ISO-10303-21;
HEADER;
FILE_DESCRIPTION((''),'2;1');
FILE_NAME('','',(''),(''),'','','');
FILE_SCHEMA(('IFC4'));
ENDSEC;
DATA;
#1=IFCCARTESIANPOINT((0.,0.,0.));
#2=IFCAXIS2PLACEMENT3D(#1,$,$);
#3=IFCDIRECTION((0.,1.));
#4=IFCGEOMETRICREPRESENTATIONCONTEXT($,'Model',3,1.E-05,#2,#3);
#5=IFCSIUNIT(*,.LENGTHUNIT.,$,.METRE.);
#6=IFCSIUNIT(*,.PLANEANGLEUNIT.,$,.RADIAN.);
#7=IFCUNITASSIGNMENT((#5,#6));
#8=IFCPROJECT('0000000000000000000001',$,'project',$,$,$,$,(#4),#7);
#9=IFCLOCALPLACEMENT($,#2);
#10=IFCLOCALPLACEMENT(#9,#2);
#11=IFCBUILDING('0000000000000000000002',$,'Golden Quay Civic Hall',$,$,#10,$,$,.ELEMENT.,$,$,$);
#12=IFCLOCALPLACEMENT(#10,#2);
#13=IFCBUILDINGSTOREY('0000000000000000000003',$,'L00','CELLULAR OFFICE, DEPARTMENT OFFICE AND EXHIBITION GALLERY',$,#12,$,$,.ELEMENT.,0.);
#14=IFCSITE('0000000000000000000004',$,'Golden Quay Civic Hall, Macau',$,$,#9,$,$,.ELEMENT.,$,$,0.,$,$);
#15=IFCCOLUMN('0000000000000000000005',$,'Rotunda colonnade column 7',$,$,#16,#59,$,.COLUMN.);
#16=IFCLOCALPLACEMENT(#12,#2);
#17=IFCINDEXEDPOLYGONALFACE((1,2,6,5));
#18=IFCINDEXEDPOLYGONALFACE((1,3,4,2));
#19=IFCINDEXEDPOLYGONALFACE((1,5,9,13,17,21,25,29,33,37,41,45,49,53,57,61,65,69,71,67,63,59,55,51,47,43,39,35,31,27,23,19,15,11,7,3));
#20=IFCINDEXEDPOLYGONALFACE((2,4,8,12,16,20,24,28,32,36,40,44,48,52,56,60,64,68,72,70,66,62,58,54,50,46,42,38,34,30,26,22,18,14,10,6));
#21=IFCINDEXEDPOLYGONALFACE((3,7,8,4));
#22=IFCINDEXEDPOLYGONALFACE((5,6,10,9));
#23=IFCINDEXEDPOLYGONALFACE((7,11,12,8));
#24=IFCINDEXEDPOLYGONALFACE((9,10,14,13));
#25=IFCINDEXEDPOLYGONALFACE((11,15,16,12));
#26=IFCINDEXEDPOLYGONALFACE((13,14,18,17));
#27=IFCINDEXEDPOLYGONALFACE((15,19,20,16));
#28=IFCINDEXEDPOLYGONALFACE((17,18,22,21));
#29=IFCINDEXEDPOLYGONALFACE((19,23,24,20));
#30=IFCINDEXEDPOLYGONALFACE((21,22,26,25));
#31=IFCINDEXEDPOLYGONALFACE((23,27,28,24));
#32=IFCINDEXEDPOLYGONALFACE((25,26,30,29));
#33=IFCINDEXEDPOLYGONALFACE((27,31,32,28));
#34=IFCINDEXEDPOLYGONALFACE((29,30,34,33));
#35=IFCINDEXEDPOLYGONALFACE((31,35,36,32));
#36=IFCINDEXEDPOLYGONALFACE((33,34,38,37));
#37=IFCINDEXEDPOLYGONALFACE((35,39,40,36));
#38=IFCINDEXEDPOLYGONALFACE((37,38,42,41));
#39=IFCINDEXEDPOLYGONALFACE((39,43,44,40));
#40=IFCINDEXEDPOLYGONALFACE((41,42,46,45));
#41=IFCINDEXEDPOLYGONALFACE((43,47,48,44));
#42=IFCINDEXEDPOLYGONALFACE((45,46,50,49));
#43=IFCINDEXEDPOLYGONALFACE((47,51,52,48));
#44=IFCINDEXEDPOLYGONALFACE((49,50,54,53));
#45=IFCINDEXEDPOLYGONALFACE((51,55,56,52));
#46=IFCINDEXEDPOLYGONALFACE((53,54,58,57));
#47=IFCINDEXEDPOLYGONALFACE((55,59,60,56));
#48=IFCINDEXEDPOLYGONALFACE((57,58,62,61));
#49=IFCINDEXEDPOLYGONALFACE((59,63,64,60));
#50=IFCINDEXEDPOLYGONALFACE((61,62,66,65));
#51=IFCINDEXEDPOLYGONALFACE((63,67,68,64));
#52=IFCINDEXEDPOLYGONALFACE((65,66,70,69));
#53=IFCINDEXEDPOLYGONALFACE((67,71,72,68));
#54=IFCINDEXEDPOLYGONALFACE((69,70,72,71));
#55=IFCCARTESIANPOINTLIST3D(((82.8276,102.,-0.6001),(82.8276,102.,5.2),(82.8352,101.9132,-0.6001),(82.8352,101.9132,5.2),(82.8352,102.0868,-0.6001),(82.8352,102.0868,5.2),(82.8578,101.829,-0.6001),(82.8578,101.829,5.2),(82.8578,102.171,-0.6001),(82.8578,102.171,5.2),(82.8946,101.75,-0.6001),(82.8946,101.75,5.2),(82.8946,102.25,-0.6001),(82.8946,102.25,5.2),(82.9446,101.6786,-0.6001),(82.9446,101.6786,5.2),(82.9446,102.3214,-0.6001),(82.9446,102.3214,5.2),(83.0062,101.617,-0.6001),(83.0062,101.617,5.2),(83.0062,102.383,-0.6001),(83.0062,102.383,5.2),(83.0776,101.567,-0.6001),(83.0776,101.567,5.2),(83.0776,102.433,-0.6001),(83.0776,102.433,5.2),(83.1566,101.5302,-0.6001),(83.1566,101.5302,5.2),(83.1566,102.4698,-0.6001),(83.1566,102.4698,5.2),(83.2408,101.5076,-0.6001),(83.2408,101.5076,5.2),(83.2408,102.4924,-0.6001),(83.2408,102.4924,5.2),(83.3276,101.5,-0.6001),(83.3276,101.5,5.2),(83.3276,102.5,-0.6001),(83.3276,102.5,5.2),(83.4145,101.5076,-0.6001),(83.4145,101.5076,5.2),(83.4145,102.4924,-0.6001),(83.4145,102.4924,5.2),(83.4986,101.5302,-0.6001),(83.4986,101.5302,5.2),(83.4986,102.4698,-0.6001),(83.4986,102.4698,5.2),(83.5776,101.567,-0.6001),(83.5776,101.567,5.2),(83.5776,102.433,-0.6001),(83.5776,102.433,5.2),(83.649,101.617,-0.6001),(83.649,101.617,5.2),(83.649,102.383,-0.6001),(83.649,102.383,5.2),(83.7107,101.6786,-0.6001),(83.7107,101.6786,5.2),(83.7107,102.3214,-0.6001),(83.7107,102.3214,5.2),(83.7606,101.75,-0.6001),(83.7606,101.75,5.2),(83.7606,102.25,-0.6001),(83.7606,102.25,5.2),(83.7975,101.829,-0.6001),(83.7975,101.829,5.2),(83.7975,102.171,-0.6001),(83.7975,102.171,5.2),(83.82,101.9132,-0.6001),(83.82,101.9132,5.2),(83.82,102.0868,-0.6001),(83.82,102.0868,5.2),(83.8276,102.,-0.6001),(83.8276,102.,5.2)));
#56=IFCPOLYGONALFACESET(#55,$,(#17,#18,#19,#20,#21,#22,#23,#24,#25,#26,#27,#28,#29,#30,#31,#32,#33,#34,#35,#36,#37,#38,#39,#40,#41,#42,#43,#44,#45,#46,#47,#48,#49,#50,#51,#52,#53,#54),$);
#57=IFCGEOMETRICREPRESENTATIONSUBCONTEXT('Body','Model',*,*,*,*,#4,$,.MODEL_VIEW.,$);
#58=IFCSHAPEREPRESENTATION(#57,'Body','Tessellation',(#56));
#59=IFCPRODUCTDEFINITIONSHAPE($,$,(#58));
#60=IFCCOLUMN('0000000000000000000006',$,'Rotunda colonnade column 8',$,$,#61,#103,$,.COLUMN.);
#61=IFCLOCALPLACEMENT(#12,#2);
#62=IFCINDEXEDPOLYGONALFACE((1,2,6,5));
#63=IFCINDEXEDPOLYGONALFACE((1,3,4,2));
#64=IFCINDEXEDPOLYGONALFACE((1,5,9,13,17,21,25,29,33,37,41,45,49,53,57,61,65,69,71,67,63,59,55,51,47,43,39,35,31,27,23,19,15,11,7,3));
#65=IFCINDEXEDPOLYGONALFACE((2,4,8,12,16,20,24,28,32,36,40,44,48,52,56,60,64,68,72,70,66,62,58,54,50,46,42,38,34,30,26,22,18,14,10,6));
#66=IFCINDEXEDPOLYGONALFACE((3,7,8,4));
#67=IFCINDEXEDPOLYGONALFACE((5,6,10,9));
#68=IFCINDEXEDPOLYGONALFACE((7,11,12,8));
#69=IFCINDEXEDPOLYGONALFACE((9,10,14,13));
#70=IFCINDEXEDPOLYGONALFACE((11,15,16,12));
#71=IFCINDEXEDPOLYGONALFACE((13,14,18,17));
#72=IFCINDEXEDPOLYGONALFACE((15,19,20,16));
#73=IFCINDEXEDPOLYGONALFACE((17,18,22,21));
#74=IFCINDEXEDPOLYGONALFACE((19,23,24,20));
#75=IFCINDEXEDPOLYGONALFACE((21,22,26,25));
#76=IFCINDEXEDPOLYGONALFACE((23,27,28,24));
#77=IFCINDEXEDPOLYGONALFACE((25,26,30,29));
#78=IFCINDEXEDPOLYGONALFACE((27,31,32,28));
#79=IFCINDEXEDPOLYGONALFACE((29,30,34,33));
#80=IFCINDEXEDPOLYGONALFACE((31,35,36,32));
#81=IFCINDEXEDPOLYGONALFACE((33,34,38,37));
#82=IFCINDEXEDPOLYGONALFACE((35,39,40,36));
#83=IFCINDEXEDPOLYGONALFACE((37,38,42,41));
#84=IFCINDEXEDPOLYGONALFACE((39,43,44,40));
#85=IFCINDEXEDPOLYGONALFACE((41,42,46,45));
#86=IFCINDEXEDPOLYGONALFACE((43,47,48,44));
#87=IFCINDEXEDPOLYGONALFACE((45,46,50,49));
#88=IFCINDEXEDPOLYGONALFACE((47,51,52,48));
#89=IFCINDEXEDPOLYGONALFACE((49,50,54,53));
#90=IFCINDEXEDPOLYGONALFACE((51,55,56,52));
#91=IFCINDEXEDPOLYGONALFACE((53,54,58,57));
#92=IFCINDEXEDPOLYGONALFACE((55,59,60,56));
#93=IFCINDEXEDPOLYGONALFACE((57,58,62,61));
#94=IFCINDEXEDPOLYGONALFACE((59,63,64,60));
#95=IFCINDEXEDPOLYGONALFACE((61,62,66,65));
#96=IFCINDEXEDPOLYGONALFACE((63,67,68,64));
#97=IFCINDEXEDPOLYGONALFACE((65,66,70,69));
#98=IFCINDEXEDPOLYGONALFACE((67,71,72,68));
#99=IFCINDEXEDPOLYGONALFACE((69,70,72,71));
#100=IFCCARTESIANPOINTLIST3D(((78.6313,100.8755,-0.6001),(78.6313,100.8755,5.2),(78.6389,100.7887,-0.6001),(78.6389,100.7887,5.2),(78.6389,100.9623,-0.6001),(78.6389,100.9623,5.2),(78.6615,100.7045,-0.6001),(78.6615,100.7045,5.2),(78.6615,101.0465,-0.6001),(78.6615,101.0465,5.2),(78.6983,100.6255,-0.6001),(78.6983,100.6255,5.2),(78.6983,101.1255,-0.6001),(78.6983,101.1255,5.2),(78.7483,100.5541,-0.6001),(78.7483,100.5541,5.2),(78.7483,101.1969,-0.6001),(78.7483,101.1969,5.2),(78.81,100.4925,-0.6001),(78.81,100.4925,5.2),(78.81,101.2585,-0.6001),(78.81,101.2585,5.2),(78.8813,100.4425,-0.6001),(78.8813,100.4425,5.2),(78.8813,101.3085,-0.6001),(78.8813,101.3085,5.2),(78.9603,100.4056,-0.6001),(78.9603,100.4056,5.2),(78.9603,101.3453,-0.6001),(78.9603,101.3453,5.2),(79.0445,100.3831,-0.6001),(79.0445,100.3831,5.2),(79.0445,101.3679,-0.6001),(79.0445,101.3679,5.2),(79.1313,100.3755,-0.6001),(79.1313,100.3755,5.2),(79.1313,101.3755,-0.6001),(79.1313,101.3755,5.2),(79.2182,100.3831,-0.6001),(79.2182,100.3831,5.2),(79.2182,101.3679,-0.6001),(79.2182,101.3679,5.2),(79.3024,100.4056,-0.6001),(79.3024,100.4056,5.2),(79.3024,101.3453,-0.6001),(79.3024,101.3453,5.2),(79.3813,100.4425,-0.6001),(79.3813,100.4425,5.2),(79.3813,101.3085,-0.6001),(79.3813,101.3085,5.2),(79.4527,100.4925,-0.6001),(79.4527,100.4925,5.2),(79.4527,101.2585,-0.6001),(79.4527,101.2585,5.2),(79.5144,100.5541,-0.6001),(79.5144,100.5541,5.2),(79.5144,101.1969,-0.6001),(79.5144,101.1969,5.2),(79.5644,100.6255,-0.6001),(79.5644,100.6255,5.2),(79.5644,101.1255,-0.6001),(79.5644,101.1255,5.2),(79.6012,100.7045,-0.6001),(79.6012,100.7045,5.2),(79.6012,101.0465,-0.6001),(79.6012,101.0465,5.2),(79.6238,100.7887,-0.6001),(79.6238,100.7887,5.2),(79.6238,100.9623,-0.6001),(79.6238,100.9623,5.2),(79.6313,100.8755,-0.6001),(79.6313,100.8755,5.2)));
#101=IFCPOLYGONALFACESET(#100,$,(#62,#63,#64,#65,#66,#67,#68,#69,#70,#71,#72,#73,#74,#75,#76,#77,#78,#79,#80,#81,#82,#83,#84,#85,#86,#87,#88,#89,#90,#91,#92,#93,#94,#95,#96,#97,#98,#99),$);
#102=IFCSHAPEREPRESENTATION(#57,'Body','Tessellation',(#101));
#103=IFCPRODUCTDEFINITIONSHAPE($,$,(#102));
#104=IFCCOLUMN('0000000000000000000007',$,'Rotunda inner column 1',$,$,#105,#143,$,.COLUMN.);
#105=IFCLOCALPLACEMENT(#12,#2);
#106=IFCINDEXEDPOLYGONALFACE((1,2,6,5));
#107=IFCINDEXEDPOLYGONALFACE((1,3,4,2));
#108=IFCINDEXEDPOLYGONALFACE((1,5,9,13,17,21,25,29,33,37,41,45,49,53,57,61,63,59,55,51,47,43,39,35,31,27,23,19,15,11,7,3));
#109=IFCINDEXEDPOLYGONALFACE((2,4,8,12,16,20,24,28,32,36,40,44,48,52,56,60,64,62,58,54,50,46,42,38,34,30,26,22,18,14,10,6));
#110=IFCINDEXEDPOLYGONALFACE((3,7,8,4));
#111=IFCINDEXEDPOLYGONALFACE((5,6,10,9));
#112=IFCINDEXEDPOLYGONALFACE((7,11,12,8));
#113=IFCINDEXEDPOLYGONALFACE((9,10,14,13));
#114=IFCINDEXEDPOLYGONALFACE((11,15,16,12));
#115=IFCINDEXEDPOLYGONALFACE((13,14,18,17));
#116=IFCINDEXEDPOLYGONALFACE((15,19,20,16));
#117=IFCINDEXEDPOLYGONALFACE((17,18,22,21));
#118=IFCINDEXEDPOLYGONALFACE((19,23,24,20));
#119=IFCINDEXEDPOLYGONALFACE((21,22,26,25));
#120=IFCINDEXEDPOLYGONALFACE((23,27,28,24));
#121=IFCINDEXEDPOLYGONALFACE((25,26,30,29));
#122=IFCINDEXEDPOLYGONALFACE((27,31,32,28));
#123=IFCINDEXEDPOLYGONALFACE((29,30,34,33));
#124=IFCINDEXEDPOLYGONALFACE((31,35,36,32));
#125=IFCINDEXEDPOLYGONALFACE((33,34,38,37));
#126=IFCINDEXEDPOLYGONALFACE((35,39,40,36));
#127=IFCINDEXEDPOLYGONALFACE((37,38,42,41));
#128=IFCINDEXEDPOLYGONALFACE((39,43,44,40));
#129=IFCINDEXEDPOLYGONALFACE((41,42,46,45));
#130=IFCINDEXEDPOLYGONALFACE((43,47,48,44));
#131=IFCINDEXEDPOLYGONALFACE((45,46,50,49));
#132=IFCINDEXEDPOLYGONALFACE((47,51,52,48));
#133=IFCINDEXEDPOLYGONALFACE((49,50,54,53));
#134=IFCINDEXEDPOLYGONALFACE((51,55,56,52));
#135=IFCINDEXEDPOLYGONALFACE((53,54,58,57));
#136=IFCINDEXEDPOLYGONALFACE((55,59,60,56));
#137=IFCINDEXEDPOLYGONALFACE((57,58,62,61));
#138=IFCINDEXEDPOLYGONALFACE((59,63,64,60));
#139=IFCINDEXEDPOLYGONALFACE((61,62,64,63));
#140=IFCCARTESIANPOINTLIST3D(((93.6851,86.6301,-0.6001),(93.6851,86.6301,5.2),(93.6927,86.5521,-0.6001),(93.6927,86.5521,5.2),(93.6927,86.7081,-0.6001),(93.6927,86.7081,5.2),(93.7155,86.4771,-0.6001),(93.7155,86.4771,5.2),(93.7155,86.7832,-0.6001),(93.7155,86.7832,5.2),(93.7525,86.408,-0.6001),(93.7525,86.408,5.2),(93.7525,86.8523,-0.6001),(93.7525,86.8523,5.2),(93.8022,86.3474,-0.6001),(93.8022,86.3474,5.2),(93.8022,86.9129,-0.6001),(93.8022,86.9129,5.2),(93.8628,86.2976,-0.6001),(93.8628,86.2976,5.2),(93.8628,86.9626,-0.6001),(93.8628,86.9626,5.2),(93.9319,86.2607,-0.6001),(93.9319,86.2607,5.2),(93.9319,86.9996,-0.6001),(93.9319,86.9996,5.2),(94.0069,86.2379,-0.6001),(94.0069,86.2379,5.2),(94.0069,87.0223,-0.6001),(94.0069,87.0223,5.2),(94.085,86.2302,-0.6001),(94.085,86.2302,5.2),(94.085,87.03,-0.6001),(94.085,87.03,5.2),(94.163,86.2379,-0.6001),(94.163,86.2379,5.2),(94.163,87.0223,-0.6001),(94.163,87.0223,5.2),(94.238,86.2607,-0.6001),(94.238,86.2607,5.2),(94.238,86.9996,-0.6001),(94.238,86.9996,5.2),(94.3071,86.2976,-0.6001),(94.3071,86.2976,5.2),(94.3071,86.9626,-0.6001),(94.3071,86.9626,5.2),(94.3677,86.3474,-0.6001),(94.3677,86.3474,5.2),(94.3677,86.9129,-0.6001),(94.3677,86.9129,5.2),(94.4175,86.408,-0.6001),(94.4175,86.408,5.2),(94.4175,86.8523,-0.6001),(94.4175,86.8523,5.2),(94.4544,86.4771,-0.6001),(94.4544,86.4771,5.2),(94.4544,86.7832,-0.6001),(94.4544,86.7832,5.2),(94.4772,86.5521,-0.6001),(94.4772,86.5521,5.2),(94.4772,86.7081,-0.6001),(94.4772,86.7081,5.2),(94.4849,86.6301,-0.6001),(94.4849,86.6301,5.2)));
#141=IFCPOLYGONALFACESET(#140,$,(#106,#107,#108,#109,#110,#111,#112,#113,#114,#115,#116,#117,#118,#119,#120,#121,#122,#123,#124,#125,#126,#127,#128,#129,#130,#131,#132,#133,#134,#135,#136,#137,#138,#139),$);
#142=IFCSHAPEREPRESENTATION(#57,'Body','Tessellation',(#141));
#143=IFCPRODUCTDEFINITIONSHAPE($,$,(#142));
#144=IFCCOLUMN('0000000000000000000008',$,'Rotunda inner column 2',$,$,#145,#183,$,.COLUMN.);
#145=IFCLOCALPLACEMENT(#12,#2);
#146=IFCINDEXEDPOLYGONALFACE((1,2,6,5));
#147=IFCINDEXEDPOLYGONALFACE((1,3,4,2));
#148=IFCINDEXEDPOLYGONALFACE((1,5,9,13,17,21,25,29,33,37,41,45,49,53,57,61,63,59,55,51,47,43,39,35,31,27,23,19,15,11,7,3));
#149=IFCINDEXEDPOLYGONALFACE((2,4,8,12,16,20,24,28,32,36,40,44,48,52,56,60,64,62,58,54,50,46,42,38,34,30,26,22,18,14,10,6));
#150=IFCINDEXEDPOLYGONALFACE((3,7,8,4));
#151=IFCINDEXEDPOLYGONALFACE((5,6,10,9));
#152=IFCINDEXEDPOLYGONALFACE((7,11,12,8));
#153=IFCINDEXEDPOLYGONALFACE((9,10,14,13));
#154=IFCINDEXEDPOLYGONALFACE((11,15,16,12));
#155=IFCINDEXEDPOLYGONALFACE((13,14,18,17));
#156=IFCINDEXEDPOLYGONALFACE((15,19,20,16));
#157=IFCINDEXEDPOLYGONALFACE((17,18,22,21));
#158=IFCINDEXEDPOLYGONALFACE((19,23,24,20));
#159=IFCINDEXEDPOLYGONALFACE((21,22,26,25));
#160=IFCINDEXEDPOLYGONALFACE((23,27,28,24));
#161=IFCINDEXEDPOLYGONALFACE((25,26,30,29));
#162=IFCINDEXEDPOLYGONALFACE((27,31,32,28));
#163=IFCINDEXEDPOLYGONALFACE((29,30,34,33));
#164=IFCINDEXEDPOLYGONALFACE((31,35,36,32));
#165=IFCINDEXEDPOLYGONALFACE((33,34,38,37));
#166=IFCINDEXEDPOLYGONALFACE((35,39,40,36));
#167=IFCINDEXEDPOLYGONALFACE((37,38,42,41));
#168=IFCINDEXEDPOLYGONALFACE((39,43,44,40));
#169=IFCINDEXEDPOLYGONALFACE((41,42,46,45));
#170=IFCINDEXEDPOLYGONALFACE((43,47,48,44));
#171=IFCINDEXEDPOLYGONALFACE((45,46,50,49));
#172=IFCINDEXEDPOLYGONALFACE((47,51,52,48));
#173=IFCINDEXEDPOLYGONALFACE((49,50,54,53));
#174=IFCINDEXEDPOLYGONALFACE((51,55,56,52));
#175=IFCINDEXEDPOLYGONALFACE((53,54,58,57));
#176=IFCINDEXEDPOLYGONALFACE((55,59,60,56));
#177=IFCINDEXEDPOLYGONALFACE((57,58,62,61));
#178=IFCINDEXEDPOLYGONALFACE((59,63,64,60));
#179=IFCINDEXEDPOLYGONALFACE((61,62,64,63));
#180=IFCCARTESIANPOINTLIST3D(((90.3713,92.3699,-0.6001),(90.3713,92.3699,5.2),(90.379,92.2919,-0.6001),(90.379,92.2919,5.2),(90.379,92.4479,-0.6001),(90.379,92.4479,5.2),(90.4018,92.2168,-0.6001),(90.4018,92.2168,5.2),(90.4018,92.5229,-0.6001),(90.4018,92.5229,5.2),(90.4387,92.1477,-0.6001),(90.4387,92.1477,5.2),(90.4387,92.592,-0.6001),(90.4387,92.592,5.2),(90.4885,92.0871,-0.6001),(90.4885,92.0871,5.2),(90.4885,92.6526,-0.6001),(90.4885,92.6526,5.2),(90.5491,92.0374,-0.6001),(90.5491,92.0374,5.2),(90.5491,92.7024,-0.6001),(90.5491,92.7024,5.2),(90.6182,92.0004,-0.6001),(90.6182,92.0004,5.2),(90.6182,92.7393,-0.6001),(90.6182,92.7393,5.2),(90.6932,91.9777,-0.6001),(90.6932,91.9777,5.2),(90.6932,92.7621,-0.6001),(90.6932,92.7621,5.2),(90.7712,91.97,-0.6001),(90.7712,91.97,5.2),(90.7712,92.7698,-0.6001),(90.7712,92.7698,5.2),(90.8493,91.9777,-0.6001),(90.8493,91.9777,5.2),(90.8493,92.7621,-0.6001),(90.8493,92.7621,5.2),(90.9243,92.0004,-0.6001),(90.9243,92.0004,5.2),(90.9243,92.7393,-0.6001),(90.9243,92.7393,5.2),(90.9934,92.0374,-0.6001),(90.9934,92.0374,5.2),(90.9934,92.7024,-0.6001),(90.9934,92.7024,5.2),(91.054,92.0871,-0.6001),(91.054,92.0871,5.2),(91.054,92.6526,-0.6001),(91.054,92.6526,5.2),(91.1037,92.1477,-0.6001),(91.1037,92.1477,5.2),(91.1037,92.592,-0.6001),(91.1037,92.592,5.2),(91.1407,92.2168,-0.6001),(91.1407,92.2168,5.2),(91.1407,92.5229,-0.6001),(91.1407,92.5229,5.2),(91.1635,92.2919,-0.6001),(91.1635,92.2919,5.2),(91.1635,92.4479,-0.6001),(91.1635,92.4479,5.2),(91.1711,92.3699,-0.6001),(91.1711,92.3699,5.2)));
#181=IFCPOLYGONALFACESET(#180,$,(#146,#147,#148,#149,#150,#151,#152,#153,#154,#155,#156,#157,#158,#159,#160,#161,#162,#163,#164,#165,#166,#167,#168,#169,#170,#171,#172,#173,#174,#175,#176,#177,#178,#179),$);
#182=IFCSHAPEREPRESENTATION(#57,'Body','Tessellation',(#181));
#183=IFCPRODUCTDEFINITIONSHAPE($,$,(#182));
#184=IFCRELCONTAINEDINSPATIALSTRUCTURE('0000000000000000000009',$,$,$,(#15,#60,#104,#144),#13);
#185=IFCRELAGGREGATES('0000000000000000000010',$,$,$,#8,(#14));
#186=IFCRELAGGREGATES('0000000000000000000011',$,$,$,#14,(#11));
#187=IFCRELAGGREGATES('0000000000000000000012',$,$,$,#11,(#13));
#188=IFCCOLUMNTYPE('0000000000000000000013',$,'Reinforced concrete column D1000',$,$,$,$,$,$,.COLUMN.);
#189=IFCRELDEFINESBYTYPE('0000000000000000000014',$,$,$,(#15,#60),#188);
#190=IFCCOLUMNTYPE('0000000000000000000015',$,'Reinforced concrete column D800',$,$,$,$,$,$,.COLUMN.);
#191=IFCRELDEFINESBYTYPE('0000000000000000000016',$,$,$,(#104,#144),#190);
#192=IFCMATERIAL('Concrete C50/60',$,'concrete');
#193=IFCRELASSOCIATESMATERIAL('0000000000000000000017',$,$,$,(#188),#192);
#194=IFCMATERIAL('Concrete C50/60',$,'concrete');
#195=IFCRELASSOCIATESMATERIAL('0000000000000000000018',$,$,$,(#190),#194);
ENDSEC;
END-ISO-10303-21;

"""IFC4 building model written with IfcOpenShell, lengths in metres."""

from ifc_helpers import new_model, si_unit, direction, frame, origin, origin_2d, place, context, subcontext, project, spatial, circle, extrude, material, material_profile, profile_set, type_object, element, save


model = new_model("IFC4")

# Units and contexts
model_context = context("Model", 3, precision=1e-05, world=origin(), true_north=direction((0.0, 1.0)))
body_context = subcontext(model_context, "Body", "Model", "MODEL_VIEW")
ifc_project = project(units=[si_unit("LENGTHUNIT", "METRE"), si_unit("PLANEANGLEUNIT", "RADIAN")], contexts=[model_context])

# Site, building, storey
site_placement = place(None, origin())
site = spatial("IfcSite", under=ifc_project, at=site_placement, Name="Golden Quay Civic Hall, Macau", CompositionType="ELEMENT", RefElevation=0.0)
building_placement = place(site_placement, origin())
building = spatial("IfcBuilding", under=site, at=building_placement, Name="Golden Quay Civic Hall", CompositionType="ELEMENT")
storey_placement = place(building_placement, origin())
storey = spatial("IfcBuildingStorey", under=building, at=storey_placement, Name="L00", Description="CELLULAR OFFICE, DEPARTMENT OFFICE AND EXHIBITION GALLERY", CompositionType="ELEMENT", Elevation=0.0)

# Columns
ifc_material_1 = material(Name="Concrete C50/60", Category="concrete")
ifc_material_profile_1 = material_profile(ifc_material_1, circle(Radius=0.5, at=origin_2d()), Name="RC D1000")
ifc_profile_set_1 = profile_set([ifc_material_profile_1], Name="Concrete C50/60")
column_type_1 = type_object("IfcColumnType", Name="Reinforced concrete column D1000", PredefinedType="COLUMN", material=ifc_profile_set_1)
for number, where, z_axis, x_axis, name in (
    (1, (83.3276, 102.0, -0.6001), (0.0, 0.0, 1.0), (1.0, 0.0, 0.0), "Rotunda colonnade column 7"),
    (2, (79.1313, 100.8755, -0.6001), (0.0, 0.0, 1.0), (1.0, 0.0, 0.0), "Rotunda colonnade column 8"),
):
    element("IfcColumn", number, at=place(storey_placement, frame(where, z_axis=z_axis, x_axis=x_axis)), inside=storey, type_object=column_type_1, Name=name, PredefinedType="COLUMN", context=body_context, shape_type="SweptSolid", body=[
        extrude(circle(Radius=0.5, at=origin_2d()), origin(), (0.0, 0.0, 1.0), 5.8),
    ])
ifc_material_2 = material(Name="Concrete C50/60", Category="concrete")
ifc_material_profile_2 = material_profile(ifc_material_2, circle(Radius=0.3999, at=origin_2d()), Name="RC D800")
ifc_profile_set_2 = profile_set([ifc_material_profile_2], Name="Concrete C50/60")
column_type_2 = type_object("IfcColumnType", Name="Reinforced concrete column D800", PredefinedType="COLUMN", material=ifc_profile_set_2)
for number, where, z_axis, x_axis, name in (
    (3, (94.085, 86.6301, -0.6001), (0.0, 0.0, 1.0), (1.0, 0.0, 0.0), "Rotunda inner column 1"),
    (4, (90.7712, 92.3699, -0.6001), (0.0, 0.0, 1.0), (1.0, 0.0, 0.0), "Rotunda inner column 2"),
):
    element("IfcColumn", number, at=place(storey_placement, frame(where, z_axis=z_axis, x_axis=x_axis)), inside=storey, type_object=column_type_2, Name=name, PredefinedType="COLUMN", context=body_context, shape_type="SweptSolid", body=[
        extrude(circle(Radius=0.3999, at=origin_2d()), origin(), (0.0, 0.0, 1.0), 5.8),
    ])

save(model, "model.ifc")
